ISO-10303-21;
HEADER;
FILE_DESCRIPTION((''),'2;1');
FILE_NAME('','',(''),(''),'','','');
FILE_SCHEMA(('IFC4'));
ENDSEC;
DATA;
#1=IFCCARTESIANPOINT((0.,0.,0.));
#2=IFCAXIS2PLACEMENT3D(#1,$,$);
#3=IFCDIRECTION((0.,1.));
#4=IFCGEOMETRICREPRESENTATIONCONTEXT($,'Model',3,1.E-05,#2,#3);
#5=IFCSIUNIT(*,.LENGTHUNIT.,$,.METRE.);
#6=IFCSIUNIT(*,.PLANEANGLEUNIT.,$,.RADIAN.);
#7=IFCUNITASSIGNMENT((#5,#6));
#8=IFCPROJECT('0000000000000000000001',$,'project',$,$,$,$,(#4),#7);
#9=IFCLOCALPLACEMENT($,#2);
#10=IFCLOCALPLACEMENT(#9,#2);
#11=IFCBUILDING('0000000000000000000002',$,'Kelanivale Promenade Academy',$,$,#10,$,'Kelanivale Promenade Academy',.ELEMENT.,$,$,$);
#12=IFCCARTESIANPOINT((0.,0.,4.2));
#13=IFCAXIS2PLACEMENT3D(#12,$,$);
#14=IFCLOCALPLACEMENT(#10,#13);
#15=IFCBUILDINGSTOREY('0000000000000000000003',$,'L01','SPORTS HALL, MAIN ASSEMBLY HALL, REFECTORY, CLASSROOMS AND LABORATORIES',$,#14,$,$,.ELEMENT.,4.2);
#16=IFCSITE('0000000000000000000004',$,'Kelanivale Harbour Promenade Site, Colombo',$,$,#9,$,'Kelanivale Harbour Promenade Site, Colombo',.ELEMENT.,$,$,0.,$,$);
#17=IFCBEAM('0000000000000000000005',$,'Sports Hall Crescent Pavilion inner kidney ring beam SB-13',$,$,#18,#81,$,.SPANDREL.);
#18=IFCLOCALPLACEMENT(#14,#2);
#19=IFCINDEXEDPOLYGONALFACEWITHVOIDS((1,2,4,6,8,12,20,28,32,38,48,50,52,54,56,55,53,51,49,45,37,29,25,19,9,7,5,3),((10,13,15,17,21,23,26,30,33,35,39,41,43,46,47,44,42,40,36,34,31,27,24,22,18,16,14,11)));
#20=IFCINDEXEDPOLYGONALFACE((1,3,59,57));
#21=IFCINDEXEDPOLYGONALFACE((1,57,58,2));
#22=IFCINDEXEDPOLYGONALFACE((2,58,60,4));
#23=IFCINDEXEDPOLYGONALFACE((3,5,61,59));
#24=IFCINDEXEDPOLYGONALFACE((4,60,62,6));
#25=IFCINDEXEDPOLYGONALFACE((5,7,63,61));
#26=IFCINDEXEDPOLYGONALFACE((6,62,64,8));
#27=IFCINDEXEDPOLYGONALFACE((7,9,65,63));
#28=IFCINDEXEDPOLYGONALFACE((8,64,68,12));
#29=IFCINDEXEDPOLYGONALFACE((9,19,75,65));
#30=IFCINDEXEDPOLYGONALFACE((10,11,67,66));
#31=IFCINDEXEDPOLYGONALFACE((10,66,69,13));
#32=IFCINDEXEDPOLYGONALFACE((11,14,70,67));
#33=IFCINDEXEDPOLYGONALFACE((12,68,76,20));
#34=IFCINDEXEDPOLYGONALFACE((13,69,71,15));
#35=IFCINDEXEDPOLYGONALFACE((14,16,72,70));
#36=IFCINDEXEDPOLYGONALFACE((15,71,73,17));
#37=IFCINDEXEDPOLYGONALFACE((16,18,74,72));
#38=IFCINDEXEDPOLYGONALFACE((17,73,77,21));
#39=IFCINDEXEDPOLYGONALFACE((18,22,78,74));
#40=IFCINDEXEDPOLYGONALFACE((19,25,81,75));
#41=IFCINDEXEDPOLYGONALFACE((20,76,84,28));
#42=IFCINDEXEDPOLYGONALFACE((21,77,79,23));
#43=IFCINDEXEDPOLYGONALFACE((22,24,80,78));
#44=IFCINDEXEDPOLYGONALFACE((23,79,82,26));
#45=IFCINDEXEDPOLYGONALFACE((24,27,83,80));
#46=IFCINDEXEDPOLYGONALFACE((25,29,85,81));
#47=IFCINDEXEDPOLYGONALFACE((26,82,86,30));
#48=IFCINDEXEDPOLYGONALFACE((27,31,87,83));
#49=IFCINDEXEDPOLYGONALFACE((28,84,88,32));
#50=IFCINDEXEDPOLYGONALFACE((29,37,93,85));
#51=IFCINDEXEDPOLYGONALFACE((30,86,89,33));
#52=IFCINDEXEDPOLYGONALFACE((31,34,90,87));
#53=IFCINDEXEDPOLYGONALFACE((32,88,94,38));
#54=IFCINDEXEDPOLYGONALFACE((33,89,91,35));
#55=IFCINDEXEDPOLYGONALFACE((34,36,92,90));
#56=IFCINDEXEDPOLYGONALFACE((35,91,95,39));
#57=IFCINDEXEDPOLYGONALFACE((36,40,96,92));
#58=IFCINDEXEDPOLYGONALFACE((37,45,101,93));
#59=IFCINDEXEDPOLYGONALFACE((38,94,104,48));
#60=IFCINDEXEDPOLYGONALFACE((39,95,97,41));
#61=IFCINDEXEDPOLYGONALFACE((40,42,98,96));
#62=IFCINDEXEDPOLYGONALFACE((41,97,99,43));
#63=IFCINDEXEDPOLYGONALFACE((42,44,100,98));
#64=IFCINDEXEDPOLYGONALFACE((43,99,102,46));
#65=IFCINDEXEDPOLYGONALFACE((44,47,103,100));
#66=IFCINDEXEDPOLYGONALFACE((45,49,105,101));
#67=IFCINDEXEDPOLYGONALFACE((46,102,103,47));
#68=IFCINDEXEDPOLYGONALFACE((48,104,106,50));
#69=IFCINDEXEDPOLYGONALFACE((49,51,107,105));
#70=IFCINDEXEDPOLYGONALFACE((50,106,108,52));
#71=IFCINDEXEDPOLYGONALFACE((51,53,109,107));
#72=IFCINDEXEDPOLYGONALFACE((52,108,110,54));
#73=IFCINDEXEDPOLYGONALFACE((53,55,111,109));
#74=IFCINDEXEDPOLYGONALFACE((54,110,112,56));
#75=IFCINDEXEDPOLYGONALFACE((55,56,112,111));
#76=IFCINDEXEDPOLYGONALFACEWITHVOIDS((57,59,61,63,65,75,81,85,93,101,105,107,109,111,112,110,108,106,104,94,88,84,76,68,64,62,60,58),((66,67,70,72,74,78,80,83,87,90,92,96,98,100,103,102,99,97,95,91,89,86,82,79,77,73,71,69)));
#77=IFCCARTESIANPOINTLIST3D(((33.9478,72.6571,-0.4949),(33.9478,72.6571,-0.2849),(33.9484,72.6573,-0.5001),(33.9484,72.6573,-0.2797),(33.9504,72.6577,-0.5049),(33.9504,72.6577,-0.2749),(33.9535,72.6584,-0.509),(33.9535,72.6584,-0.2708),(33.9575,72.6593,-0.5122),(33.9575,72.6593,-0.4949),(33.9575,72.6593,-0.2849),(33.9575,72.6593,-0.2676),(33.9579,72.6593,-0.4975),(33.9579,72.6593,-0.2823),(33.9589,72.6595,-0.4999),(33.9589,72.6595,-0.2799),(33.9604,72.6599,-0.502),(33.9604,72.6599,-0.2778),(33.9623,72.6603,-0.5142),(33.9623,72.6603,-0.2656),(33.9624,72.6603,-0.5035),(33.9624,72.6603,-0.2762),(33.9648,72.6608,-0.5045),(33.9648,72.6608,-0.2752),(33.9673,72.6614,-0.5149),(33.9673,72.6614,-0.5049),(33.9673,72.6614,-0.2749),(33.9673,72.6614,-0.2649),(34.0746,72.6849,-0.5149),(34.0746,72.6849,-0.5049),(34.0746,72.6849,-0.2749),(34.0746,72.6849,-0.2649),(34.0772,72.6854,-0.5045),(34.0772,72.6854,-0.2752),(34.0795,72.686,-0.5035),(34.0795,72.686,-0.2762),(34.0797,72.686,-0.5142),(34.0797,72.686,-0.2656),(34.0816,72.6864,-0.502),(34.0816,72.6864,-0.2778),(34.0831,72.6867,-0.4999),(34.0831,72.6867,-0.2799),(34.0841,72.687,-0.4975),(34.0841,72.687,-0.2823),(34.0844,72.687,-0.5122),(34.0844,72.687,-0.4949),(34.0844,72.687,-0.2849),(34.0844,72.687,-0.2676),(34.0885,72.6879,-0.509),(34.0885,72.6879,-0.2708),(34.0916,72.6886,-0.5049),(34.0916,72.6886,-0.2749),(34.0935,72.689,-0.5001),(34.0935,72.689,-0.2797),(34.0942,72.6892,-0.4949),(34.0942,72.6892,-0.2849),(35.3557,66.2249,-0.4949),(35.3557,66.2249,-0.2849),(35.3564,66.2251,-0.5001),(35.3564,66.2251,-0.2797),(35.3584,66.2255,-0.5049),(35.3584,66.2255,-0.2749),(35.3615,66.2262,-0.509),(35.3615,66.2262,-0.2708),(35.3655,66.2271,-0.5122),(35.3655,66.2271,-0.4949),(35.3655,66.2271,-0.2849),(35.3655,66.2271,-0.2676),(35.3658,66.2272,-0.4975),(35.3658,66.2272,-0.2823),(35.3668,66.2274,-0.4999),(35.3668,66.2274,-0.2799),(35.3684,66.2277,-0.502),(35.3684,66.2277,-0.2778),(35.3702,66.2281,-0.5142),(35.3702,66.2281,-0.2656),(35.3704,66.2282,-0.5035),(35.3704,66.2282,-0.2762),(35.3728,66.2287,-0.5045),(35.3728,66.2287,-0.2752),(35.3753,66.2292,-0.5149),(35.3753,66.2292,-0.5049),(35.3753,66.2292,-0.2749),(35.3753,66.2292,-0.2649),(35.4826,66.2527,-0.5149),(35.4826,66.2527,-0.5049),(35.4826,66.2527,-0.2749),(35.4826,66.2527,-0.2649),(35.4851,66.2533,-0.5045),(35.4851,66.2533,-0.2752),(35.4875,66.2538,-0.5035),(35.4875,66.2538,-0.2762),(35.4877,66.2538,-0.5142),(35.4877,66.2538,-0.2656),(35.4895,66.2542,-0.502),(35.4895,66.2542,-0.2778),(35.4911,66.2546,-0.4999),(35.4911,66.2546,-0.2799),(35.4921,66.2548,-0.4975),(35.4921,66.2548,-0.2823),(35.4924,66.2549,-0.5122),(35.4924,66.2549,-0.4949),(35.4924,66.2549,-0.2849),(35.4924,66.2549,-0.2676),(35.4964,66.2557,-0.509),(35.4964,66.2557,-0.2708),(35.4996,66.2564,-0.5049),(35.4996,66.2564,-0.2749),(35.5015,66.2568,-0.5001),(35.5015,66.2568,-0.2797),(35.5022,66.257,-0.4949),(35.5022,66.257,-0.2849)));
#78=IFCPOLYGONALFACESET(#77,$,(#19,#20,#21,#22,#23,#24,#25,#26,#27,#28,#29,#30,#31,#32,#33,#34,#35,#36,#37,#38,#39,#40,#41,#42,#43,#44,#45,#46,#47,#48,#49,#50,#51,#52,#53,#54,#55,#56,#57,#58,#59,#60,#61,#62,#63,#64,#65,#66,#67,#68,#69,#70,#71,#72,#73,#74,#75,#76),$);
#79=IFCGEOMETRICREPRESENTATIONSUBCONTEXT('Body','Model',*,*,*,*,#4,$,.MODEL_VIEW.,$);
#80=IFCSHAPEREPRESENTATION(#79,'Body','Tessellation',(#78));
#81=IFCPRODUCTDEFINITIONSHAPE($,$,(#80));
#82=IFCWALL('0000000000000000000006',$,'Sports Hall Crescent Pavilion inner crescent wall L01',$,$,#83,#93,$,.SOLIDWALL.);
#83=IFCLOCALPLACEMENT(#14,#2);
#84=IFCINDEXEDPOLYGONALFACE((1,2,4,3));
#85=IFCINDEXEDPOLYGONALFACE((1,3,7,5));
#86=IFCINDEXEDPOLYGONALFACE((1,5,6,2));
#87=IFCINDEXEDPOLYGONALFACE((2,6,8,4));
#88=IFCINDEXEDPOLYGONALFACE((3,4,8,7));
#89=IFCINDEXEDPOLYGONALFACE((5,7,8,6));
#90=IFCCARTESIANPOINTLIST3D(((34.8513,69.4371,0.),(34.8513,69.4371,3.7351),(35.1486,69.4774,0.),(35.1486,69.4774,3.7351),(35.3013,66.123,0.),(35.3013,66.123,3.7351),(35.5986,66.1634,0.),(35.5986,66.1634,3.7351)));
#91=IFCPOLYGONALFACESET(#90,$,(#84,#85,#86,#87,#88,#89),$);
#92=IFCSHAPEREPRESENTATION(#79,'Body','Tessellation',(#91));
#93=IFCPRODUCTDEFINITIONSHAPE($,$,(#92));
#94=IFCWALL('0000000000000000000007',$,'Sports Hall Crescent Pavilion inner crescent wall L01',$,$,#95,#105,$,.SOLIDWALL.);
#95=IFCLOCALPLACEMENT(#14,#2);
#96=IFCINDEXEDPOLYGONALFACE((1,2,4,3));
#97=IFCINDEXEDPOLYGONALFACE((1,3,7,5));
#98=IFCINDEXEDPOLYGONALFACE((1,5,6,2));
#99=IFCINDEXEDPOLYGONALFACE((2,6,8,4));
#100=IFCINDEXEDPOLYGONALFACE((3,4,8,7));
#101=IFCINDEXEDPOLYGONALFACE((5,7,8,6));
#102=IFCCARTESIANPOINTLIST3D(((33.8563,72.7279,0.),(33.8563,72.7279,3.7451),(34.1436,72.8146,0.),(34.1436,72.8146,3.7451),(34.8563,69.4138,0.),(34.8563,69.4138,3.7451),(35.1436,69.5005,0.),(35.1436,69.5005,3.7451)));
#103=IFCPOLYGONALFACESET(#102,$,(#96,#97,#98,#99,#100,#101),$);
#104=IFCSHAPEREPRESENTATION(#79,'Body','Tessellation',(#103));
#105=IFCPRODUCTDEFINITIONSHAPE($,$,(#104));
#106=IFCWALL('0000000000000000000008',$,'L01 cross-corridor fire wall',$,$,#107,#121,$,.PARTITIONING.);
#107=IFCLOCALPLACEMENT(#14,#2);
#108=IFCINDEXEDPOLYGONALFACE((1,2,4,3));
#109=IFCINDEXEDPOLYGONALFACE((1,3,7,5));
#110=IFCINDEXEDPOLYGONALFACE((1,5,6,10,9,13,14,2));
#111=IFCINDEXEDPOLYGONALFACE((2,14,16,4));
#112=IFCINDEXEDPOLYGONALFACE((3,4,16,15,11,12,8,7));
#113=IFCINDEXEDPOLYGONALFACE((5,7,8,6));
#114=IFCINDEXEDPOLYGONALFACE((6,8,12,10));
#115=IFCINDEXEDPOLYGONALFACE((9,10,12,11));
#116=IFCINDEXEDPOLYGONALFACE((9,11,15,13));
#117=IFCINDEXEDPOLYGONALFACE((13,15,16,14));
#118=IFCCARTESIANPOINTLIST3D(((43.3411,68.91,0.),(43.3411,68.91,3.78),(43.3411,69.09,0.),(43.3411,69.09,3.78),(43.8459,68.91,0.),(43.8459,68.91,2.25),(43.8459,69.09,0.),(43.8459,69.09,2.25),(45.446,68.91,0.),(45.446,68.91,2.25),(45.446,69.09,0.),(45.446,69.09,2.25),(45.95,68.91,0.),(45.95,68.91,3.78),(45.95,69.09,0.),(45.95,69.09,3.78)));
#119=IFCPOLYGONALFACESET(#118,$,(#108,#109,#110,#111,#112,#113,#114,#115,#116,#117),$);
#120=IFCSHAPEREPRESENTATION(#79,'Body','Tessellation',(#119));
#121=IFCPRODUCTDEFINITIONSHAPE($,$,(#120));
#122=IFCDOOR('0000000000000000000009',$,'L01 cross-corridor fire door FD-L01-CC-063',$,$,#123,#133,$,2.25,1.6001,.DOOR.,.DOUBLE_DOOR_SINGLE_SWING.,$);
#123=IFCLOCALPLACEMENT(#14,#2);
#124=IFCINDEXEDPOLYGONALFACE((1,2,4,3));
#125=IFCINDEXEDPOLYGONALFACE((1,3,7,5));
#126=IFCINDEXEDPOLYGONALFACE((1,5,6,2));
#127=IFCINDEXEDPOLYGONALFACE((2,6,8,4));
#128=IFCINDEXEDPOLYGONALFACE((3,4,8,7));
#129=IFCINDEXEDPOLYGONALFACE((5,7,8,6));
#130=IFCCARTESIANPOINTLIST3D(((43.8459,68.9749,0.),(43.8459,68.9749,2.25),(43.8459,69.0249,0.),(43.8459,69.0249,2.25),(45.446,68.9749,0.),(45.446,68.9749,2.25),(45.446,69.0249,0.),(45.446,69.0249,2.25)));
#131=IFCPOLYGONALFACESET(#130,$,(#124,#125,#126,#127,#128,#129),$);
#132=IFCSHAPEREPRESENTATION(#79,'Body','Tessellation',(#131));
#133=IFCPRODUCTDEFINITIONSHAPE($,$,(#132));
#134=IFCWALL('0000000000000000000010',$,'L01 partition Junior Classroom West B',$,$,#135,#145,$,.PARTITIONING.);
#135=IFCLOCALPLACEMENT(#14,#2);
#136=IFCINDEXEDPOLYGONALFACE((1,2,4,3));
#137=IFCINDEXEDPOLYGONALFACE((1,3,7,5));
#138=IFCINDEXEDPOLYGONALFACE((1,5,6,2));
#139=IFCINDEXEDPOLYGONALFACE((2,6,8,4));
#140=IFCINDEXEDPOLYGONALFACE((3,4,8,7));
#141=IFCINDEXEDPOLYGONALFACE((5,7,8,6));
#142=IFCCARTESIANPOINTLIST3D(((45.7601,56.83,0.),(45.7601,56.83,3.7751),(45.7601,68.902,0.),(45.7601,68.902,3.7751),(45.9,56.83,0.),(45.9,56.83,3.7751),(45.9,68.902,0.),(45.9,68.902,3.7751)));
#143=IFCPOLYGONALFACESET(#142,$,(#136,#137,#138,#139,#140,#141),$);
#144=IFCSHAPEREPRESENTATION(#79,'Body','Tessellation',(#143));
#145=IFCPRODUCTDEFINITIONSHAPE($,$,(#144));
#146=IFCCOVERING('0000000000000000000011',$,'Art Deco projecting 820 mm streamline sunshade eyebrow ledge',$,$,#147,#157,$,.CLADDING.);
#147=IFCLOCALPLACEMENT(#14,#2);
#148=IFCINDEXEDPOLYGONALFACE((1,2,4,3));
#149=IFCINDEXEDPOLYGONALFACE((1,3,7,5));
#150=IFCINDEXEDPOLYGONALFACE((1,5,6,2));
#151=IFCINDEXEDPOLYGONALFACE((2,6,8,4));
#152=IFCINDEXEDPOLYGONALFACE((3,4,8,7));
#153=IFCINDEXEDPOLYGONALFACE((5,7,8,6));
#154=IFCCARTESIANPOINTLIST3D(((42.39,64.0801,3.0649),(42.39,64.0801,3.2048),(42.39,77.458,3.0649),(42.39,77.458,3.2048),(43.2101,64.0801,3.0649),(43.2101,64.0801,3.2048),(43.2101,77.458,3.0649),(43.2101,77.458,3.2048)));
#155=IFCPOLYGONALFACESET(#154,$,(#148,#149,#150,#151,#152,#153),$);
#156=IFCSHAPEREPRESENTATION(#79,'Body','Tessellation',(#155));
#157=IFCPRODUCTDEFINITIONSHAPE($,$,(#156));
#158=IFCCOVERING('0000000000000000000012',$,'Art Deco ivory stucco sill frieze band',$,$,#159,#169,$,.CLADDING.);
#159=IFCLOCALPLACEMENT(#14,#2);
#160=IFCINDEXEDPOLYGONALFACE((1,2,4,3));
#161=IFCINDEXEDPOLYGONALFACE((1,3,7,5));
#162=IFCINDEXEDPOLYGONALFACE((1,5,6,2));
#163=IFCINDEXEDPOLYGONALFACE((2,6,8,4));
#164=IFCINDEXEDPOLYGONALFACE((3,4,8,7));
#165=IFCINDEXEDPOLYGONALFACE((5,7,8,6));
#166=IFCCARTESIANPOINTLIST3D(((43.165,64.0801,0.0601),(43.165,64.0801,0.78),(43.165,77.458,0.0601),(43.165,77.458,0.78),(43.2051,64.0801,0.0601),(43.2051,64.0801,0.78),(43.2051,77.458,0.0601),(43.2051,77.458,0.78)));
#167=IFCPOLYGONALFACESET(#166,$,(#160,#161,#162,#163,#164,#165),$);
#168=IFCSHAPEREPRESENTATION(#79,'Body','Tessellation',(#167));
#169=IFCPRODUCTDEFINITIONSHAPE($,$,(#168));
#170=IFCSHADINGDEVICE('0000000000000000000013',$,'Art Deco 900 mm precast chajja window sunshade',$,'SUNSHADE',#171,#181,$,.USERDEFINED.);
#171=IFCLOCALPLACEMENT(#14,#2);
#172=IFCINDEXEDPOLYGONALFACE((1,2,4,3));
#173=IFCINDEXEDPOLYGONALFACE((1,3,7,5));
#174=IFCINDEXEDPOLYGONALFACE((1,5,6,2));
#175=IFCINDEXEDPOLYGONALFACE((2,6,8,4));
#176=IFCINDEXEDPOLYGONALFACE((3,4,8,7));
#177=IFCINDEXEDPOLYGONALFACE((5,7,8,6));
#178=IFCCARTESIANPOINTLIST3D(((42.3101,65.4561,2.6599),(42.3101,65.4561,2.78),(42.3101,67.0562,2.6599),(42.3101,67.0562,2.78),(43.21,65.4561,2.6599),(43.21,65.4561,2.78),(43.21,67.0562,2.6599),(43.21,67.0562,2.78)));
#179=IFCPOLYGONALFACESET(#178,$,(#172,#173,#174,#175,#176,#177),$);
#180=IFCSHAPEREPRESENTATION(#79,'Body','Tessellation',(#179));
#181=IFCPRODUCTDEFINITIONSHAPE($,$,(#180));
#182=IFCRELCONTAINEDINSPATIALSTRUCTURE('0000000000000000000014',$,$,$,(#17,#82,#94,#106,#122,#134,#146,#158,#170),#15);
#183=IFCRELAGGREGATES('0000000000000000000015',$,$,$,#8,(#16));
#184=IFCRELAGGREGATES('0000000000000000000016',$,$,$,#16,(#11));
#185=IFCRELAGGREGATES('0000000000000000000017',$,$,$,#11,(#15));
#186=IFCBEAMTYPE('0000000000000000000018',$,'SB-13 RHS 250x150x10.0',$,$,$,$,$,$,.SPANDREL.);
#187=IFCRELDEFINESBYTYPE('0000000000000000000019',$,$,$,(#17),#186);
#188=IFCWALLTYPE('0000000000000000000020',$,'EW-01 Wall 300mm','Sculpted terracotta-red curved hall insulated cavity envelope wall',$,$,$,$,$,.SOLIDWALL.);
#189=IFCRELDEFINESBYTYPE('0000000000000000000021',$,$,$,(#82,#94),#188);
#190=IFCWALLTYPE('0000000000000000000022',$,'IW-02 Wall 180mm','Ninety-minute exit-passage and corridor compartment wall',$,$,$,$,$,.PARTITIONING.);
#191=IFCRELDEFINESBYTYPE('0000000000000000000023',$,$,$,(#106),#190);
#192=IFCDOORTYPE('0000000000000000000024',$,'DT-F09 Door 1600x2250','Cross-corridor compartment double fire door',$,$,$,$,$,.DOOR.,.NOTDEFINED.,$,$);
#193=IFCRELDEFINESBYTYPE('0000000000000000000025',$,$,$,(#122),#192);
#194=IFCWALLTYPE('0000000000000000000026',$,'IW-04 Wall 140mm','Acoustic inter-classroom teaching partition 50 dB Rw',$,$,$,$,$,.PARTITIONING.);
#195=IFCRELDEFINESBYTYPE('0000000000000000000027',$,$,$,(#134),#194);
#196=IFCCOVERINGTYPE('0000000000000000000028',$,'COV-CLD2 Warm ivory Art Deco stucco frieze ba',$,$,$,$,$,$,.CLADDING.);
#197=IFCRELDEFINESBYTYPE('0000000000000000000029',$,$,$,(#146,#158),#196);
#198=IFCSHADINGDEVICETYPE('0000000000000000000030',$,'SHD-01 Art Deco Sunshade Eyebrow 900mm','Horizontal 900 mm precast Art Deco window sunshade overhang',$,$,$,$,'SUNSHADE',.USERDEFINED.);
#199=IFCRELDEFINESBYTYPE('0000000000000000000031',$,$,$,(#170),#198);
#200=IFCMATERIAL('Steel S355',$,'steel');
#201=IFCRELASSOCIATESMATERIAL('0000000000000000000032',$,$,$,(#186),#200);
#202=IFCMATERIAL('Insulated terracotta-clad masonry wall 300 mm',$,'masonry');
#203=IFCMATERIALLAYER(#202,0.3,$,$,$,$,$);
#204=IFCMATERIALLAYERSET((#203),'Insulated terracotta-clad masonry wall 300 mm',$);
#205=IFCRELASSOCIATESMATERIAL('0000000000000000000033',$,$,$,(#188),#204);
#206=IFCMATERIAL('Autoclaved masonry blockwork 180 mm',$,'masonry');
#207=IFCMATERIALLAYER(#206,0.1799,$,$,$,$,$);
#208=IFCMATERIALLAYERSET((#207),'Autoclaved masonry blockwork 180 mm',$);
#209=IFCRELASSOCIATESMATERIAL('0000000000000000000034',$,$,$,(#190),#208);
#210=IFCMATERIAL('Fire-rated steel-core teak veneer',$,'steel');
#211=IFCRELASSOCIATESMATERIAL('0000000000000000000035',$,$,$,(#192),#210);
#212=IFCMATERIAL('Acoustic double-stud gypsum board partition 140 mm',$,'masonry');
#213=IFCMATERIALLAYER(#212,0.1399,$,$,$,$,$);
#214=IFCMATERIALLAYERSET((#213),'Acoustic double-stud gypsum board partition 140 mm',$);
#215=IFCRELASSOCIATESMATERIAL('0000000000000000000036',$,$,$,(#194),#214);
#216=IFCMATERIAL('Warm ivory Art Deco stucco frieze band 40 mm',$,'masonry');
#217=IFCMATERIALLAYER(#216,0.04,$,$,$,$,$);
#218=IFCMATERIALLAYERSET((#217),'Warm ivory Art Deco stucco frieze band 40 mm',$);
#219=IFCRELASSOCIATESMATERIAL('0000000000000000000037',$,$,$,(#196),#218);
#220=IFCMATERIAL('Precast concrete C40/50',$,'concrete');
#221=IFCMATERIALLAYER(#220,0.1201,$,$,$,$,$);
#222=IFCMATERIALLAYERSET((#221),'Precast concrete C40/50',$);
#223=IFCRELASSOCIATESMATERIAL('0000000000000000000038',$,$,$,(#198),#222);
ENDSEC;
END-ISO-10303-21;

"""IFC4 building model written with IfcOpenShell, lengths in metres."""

from ifc_helpers import new_model, si_unit, direction, frame, frame_2d, origin, origin_2d, place, context, subcontext, project, spatial, rectangle, hollow_rectangle, extrude, material, layer, layer_set, material_profile, profile_set, type_object, element, fill, save


model = new_model("IFC4")

# Units and contexts
model_context = context("Model", 3, precision=1e-05, world=origin(), true_north=direction((0.0, 1.0)))
body_context = subcontext(model_context, "Body", "Model", "MODEL_VIEW")
ifc_project = project(units=[si_unit("LENGTHUNIT", "METRE"), si_unit("PLANEANGLEUNIT", "RADIAN")], contexts=[model_context])

# Site, building, storey
site_placement = place(None, origin())
site = spatial("IfcSite", under=ifc_project, at=site_placement, Name="Kelanivale Harbour Promenade Site, Colombo", LongName="Kelanivale Harbour Promenade Site, Colombo", CompositionType="ELEMENT", RefElevation=0.0)
building_placement = place(site_placement, origin())
building = spatial("IfcBuilding", under=site, at=building_placement, Name="Kelanivale Promenade Academy", LongName="Kelanivale Promenade Academy", CompositionType="ELEMENT")
storey_placement = place(building_placement, frame((0.0, 0.0, 4.2)))
storey = spatial("IfcBuildingStorey", under=building, at=storey_placement, Name="L01", Description="SPORTS HALL, MAIN ASSEMBLY HALL, REFECTORY, CLASSROOMS AND LABORATORIES", CompositionType="ELEMENT", Elevation=4.2)

# Shared definitions
ifc_material_1 = material(Name="Steel S355", Category="steel")

# Beam
ifc_material_profile_1 = material_profile(ifc_material_1, hollow_rectangle(XDim=0.1499, YDim=0.25, WallThickness=0.01, InnerFilletRadius=0.01, OuterFilletRadius=0.02, at=origin_2d()), Name="RHS 250x150x10.0")
ifc_profile_set_1 = profile_set([ifc_material_profile_1], Name="Steel S355")
beam_type_1 = type_object("IfcBeamType", Name="SB-13 RHS 250x150x10.0", PredefinedType="SPANDREL", material=ifc_profile_set_1)
beam_1_placement = place(storey_placement, frame((35.429, 66.241, -0.3899), z_axis=(-0.213832, 0.97687, 0.0), x_axis=(-0.97687, -0.213832, 0.0)))
element("IfcBeam", 1, at=beam_1_placement, inside=storey, type_object=beam_type_1, Name="Sports Hall Crescent Pavilion inner kidney ring beam SB-13", PredefinedType="SPANDREL", context=body_context, shape_type="SweptSolid", body=[
    extrude(hollow_rectangle(XDim=0.1499, YDim=0.25, WallThickness=0.01, InnerFilletRadius=0.01, OuterFilletRadius=0.02, at=origin_2d()), origin(), (0.0, 0.0, 1.0), 6.5845),
])

# Shared definitions
ifc_material_2 = material(Name="Fire-rated steel-core teak veneer", Category="steel")

# Walls
ifc_material_3 = material(Name="Insulated terracotta-clad masonry wall 300 mm", Category="masonry")
ifc_layer_1 = layer(ifc_material_3, 0.3)
ifc_layer_set_1 = layer_set([ifc_layer_1], Name="Insulated terracotta-clad masonry wall 300 mm")
wall_type_1 = type_object("IfcWallType", Name="EW-01 Wall 300mm", Description="Sculpted terracotta-red curved hall insulated cavity envelope wall", PredefinedType="SOLIDWALL", material=ifc_layer_set_1)
wall_1_placement = place(storey_placement, frame((35.45, 66.1431, 0.0), z_axis=(0.0, 0.0, 1.0), x_axis=(-0.13454, 0.990908, 0.0)))
element("IfcWall", 2, at=wall_1_placement, inside=storey, type_object=wall_type_1, Name="Sports Hall Crescent Pavilion inner crescent wall L01", PredefinedType="SOLIDWALL", context=body_context, shape_type="SweptSolid", body=[
    extrude(rectangle(XDim=3.3445, YDim=0.3, at=frame_2d((1.6724, 0.0))), origin(), (0.0, 0.0, 1.0), 3.7351),
])
wall_2_placement = place(storey_placement, frame((35.0, 69.457, 0.0), z_axis=(0.0, 0.0, 1.0), x_axis=(-0.288888, 0.957363, 0.0)))
element("IfcWall", 3, at=wall_2_placement, inside=storey, type_object=wall_type_1, Name="Sports Hall Crescent Pavilion inner crescent wall L01", PredefinedType="SOLIDWALL", context=body_context, shape_type="SweptSolid", body=[
    extrude(rectangle(XDim=3.4617, YDim=0.3, at=frame_2d((1.731, 0.0))), origin(), (0.0, 0.0, 1.0), 3.7451),
])

# Wall, opening, door
ifc_material_4 = material(Name="Autoclaved masonry blockwork 180 mm", Category="masonry")
ifc_layer_2 = layer(ifc_material_4, 0.1799)
ifc_layer_set_2 = layer_set([ifc_layer_2], Name="Autoclaved masonry blockwork 180 mm")
wall_type_2 = type_object("IfcWallType", Name="IW-02 Wall 180mm", Description="Ninety-minute exit-passage and corridor compartment wall", PredefinedType="PARTITIONING", material=ifc_layer_set_2)
wall_3_placement = place(storey_placement, frame((43.3411, 69.0, 0.0), z_axis=(0.0, 0.0, 1.0), x_axis=(1.0, 0.0, 0.0)))
wall_3 = element("IfcWall", 4, at=wall_3_placement, inside=storey, type_object=wall_type_2, Name="L01 cross-corridor fire wall", PredefinedType="PARTITIONING", context=body_context, shape_type="SweptSolid", body=[
    extrude(rectangle(XDim=2.6089, YDim=0.1799, at=frame_2d((1.3044, 0.0))), origin(), (0.0, 0.0, 1.0), 3.78),
])
opening_1_placement = place(wall_3_placement, frame((0.5049, 0.0, 0.0)))
opening_1 = element("IfcOpeningElement", 5, at=opening_1_placement, cuts=wall_3, PredefinedType="OPENING", context=body_context, shape_type="SweptSolid", body=[
    extrude(rectangle(XDim=1.6001, YDim=2.25, at=frame_2d((0.8, 1.125))), frame((0.0, 0.1001, 0.0), z_axis=(0.0, -1.0, 0.0), x_axis=(1.0, 0.0, 0.0)), (0.0, 0.0, 1.0), 0.2),
])
door_type_1 = type_object("IfcDoorType", Name="DT-F09 Door 1600x2250", Description="Cross-corridor compartment double fire door", OperationType="NOTDEFINED", PredefinedType="DOOR", material=ifc_material_2)
door_1_placement = place(opening_1_placement, origin())
door_1 = element("IfcDoor", 6, at=door_1_placement, inside=storey, type_object=door_type_1, Name="L01 cross-corridor fire door FD-L01-CC-063", OperationType="DOUBLE_DOOR_SINGLE_SWING", OverallHeight=2.25, OverallWidth=1.6001, PredefinedType="DOOR", context=body_context, shape_type="SweptSolid", body=[
    extrude(rectangle(XDim=1.6001, YDim=2.25, at=frame_2d((0.8, 1.125))), frame((0.0, 0.0249, 0.0), z_axis=(0.0, -1.0, 0.0), x_axis=(1.0, 0.0, 0.0)), (0.0, 0.0, 1.0), 0.05),
])
fill(opening_1, door_1)

# Wall
ifc_material_5 = material(Name="Acoustic double-stud gypsum board partition 140 mm", Category="masonry")
ifc_layer_3 = layer(ifc_material_5, 0.1399)
ifc_layer_set_3 = layer_set([ifc_layer_3], Name="Acoustic double-stud gypsum board partition 140 mm")
wall_type_3 = type_object("IfcWallType", Name="IW-04 Wall 140mm", Description="Acoustic inter-classroom teaching partition 50 dB Rw", PredefinedType="PARTITIONING", material=ifc_layer_set_3)
wall_4_placement = place(storey_placement, frame((45.8301, 68.9021, 0.0), z_axis=(0.0, 0.0, 1.0), x_axis=(0.0, -1.0, 0.0)))
element("IfcWall", 7, at=wall_4_placement, inside=storey, type_object=wall_type_3, Name="L01 partition Junior Classroom West B", PredefinedType="PARTITIONING", context=body_context, shape_type="SweptSolid", body=[
    extrude(rectangle(XDim=12.072, YDim=0.1399, at=frame_2d((6.0361, 0.0))), origin(), (0.0, 0.0, 1.0), 3.7751),
])

# Coverings
ifc_material_6 = material(Name="Warm ivory Art Deco stucco frieze band 40 mm", Category="masonry")
ifc_layer_4 = layer(ifc_material_6, 0.04)
ifc_layer_set_4 = layer_set([ifc_layer_4], Name="Warm ivory Art Deco stucco frieze band 40 mm")
covering_type = type_object("IfcCoveringType", Name="COV-CLD2 Warm ivory Art Deco stucco frieze ba", PredefinedType="CLADDING", material=ifc_layer_set_4)
covering_1_placement = place(storey_placement, frame((42.8, 70.769, 3.0649), z_axis=(0.0, 0.0, 1.0), x_axis=(0.0, -1.0, 0.0)))
element("IfcCovering", 8, at=covering_1_placement, inside=storey, type_object=covering_type, Name="Art Deco projecting 820 mm streamline sunshade eyebrow ledge", PredefinedType="CLADDING", context=body_context, shape_type="SweptSolid", body=[
    extrude(rectangle(XDim=13.3779, YDim=0.8201, at=origin_2d()), origin(), (0.0, 0.0, 1.0), 0.1399),
])
covering_2_placement = place(storey_placement, frame((43.1851, 70.769, 0.0601), z_axis=(0.0, 0.0, 1.0), x_axis=(0.0, -1.0, 0.0)))
element("IfcCovering", 9, at=covering_2_placement, inside=storey, type_object=covering_type, Name="Art Deco ivory stucco sill frieze band", PredefinedType="CLADDING", context=body_context, shape_type="SweptSolid", body=[
    extrude(rectangle(XDim=13.3779, YDim=0.04, at=origin_2d()), origin(), (0.0, 0.0, 1.0), 0.72),
])

# Shading device
ifc_material_7 = material(Name="Precast concrete C40/50", Category="concrete")
ifc_layer_5 = layer(ifc_material_7, 0.1201)
ifc_layer_set_5 = layer_set([ifc_layer_5], Name="Precast concrete C40/50")
shading_device_type_1 = type_object("IfcShadingDeviceType", Name="SHD-01 Art Deco Sunshade Eyebrow 900mm", Description="Horizontal 900 mm precast Art Deco window sunshade overhang", ElementType="SUNSHADE", PredefinedType="USERDEFINED", material=ifc_layer_set_5)
shading_device_1_placement = place(storey_placement, frame((42.76, 66.2561, 2.6599), z_axis=(0.0, 0.0, 1.0), x_axis=(0.0, -1.0, 0.0)))
element("IfcShadingDevice", 10, at=shading_device_1_placement, inside=storey, type_object=shading_device_type_1, Name="Art Deco 900 mm precast chajja window sunshade", ObjectType="SUNSHADE", PredefinedType="USERDEFINED", context=body_context, shape_type="SweptSolid", body=[
    extrude(rectangle(XDim=1.6001, YDim=0.8999, at=origin_2d()), origin(), (0.0, 0.0, 1.0), 0.1201),
])

save(model, "model.ifc")
